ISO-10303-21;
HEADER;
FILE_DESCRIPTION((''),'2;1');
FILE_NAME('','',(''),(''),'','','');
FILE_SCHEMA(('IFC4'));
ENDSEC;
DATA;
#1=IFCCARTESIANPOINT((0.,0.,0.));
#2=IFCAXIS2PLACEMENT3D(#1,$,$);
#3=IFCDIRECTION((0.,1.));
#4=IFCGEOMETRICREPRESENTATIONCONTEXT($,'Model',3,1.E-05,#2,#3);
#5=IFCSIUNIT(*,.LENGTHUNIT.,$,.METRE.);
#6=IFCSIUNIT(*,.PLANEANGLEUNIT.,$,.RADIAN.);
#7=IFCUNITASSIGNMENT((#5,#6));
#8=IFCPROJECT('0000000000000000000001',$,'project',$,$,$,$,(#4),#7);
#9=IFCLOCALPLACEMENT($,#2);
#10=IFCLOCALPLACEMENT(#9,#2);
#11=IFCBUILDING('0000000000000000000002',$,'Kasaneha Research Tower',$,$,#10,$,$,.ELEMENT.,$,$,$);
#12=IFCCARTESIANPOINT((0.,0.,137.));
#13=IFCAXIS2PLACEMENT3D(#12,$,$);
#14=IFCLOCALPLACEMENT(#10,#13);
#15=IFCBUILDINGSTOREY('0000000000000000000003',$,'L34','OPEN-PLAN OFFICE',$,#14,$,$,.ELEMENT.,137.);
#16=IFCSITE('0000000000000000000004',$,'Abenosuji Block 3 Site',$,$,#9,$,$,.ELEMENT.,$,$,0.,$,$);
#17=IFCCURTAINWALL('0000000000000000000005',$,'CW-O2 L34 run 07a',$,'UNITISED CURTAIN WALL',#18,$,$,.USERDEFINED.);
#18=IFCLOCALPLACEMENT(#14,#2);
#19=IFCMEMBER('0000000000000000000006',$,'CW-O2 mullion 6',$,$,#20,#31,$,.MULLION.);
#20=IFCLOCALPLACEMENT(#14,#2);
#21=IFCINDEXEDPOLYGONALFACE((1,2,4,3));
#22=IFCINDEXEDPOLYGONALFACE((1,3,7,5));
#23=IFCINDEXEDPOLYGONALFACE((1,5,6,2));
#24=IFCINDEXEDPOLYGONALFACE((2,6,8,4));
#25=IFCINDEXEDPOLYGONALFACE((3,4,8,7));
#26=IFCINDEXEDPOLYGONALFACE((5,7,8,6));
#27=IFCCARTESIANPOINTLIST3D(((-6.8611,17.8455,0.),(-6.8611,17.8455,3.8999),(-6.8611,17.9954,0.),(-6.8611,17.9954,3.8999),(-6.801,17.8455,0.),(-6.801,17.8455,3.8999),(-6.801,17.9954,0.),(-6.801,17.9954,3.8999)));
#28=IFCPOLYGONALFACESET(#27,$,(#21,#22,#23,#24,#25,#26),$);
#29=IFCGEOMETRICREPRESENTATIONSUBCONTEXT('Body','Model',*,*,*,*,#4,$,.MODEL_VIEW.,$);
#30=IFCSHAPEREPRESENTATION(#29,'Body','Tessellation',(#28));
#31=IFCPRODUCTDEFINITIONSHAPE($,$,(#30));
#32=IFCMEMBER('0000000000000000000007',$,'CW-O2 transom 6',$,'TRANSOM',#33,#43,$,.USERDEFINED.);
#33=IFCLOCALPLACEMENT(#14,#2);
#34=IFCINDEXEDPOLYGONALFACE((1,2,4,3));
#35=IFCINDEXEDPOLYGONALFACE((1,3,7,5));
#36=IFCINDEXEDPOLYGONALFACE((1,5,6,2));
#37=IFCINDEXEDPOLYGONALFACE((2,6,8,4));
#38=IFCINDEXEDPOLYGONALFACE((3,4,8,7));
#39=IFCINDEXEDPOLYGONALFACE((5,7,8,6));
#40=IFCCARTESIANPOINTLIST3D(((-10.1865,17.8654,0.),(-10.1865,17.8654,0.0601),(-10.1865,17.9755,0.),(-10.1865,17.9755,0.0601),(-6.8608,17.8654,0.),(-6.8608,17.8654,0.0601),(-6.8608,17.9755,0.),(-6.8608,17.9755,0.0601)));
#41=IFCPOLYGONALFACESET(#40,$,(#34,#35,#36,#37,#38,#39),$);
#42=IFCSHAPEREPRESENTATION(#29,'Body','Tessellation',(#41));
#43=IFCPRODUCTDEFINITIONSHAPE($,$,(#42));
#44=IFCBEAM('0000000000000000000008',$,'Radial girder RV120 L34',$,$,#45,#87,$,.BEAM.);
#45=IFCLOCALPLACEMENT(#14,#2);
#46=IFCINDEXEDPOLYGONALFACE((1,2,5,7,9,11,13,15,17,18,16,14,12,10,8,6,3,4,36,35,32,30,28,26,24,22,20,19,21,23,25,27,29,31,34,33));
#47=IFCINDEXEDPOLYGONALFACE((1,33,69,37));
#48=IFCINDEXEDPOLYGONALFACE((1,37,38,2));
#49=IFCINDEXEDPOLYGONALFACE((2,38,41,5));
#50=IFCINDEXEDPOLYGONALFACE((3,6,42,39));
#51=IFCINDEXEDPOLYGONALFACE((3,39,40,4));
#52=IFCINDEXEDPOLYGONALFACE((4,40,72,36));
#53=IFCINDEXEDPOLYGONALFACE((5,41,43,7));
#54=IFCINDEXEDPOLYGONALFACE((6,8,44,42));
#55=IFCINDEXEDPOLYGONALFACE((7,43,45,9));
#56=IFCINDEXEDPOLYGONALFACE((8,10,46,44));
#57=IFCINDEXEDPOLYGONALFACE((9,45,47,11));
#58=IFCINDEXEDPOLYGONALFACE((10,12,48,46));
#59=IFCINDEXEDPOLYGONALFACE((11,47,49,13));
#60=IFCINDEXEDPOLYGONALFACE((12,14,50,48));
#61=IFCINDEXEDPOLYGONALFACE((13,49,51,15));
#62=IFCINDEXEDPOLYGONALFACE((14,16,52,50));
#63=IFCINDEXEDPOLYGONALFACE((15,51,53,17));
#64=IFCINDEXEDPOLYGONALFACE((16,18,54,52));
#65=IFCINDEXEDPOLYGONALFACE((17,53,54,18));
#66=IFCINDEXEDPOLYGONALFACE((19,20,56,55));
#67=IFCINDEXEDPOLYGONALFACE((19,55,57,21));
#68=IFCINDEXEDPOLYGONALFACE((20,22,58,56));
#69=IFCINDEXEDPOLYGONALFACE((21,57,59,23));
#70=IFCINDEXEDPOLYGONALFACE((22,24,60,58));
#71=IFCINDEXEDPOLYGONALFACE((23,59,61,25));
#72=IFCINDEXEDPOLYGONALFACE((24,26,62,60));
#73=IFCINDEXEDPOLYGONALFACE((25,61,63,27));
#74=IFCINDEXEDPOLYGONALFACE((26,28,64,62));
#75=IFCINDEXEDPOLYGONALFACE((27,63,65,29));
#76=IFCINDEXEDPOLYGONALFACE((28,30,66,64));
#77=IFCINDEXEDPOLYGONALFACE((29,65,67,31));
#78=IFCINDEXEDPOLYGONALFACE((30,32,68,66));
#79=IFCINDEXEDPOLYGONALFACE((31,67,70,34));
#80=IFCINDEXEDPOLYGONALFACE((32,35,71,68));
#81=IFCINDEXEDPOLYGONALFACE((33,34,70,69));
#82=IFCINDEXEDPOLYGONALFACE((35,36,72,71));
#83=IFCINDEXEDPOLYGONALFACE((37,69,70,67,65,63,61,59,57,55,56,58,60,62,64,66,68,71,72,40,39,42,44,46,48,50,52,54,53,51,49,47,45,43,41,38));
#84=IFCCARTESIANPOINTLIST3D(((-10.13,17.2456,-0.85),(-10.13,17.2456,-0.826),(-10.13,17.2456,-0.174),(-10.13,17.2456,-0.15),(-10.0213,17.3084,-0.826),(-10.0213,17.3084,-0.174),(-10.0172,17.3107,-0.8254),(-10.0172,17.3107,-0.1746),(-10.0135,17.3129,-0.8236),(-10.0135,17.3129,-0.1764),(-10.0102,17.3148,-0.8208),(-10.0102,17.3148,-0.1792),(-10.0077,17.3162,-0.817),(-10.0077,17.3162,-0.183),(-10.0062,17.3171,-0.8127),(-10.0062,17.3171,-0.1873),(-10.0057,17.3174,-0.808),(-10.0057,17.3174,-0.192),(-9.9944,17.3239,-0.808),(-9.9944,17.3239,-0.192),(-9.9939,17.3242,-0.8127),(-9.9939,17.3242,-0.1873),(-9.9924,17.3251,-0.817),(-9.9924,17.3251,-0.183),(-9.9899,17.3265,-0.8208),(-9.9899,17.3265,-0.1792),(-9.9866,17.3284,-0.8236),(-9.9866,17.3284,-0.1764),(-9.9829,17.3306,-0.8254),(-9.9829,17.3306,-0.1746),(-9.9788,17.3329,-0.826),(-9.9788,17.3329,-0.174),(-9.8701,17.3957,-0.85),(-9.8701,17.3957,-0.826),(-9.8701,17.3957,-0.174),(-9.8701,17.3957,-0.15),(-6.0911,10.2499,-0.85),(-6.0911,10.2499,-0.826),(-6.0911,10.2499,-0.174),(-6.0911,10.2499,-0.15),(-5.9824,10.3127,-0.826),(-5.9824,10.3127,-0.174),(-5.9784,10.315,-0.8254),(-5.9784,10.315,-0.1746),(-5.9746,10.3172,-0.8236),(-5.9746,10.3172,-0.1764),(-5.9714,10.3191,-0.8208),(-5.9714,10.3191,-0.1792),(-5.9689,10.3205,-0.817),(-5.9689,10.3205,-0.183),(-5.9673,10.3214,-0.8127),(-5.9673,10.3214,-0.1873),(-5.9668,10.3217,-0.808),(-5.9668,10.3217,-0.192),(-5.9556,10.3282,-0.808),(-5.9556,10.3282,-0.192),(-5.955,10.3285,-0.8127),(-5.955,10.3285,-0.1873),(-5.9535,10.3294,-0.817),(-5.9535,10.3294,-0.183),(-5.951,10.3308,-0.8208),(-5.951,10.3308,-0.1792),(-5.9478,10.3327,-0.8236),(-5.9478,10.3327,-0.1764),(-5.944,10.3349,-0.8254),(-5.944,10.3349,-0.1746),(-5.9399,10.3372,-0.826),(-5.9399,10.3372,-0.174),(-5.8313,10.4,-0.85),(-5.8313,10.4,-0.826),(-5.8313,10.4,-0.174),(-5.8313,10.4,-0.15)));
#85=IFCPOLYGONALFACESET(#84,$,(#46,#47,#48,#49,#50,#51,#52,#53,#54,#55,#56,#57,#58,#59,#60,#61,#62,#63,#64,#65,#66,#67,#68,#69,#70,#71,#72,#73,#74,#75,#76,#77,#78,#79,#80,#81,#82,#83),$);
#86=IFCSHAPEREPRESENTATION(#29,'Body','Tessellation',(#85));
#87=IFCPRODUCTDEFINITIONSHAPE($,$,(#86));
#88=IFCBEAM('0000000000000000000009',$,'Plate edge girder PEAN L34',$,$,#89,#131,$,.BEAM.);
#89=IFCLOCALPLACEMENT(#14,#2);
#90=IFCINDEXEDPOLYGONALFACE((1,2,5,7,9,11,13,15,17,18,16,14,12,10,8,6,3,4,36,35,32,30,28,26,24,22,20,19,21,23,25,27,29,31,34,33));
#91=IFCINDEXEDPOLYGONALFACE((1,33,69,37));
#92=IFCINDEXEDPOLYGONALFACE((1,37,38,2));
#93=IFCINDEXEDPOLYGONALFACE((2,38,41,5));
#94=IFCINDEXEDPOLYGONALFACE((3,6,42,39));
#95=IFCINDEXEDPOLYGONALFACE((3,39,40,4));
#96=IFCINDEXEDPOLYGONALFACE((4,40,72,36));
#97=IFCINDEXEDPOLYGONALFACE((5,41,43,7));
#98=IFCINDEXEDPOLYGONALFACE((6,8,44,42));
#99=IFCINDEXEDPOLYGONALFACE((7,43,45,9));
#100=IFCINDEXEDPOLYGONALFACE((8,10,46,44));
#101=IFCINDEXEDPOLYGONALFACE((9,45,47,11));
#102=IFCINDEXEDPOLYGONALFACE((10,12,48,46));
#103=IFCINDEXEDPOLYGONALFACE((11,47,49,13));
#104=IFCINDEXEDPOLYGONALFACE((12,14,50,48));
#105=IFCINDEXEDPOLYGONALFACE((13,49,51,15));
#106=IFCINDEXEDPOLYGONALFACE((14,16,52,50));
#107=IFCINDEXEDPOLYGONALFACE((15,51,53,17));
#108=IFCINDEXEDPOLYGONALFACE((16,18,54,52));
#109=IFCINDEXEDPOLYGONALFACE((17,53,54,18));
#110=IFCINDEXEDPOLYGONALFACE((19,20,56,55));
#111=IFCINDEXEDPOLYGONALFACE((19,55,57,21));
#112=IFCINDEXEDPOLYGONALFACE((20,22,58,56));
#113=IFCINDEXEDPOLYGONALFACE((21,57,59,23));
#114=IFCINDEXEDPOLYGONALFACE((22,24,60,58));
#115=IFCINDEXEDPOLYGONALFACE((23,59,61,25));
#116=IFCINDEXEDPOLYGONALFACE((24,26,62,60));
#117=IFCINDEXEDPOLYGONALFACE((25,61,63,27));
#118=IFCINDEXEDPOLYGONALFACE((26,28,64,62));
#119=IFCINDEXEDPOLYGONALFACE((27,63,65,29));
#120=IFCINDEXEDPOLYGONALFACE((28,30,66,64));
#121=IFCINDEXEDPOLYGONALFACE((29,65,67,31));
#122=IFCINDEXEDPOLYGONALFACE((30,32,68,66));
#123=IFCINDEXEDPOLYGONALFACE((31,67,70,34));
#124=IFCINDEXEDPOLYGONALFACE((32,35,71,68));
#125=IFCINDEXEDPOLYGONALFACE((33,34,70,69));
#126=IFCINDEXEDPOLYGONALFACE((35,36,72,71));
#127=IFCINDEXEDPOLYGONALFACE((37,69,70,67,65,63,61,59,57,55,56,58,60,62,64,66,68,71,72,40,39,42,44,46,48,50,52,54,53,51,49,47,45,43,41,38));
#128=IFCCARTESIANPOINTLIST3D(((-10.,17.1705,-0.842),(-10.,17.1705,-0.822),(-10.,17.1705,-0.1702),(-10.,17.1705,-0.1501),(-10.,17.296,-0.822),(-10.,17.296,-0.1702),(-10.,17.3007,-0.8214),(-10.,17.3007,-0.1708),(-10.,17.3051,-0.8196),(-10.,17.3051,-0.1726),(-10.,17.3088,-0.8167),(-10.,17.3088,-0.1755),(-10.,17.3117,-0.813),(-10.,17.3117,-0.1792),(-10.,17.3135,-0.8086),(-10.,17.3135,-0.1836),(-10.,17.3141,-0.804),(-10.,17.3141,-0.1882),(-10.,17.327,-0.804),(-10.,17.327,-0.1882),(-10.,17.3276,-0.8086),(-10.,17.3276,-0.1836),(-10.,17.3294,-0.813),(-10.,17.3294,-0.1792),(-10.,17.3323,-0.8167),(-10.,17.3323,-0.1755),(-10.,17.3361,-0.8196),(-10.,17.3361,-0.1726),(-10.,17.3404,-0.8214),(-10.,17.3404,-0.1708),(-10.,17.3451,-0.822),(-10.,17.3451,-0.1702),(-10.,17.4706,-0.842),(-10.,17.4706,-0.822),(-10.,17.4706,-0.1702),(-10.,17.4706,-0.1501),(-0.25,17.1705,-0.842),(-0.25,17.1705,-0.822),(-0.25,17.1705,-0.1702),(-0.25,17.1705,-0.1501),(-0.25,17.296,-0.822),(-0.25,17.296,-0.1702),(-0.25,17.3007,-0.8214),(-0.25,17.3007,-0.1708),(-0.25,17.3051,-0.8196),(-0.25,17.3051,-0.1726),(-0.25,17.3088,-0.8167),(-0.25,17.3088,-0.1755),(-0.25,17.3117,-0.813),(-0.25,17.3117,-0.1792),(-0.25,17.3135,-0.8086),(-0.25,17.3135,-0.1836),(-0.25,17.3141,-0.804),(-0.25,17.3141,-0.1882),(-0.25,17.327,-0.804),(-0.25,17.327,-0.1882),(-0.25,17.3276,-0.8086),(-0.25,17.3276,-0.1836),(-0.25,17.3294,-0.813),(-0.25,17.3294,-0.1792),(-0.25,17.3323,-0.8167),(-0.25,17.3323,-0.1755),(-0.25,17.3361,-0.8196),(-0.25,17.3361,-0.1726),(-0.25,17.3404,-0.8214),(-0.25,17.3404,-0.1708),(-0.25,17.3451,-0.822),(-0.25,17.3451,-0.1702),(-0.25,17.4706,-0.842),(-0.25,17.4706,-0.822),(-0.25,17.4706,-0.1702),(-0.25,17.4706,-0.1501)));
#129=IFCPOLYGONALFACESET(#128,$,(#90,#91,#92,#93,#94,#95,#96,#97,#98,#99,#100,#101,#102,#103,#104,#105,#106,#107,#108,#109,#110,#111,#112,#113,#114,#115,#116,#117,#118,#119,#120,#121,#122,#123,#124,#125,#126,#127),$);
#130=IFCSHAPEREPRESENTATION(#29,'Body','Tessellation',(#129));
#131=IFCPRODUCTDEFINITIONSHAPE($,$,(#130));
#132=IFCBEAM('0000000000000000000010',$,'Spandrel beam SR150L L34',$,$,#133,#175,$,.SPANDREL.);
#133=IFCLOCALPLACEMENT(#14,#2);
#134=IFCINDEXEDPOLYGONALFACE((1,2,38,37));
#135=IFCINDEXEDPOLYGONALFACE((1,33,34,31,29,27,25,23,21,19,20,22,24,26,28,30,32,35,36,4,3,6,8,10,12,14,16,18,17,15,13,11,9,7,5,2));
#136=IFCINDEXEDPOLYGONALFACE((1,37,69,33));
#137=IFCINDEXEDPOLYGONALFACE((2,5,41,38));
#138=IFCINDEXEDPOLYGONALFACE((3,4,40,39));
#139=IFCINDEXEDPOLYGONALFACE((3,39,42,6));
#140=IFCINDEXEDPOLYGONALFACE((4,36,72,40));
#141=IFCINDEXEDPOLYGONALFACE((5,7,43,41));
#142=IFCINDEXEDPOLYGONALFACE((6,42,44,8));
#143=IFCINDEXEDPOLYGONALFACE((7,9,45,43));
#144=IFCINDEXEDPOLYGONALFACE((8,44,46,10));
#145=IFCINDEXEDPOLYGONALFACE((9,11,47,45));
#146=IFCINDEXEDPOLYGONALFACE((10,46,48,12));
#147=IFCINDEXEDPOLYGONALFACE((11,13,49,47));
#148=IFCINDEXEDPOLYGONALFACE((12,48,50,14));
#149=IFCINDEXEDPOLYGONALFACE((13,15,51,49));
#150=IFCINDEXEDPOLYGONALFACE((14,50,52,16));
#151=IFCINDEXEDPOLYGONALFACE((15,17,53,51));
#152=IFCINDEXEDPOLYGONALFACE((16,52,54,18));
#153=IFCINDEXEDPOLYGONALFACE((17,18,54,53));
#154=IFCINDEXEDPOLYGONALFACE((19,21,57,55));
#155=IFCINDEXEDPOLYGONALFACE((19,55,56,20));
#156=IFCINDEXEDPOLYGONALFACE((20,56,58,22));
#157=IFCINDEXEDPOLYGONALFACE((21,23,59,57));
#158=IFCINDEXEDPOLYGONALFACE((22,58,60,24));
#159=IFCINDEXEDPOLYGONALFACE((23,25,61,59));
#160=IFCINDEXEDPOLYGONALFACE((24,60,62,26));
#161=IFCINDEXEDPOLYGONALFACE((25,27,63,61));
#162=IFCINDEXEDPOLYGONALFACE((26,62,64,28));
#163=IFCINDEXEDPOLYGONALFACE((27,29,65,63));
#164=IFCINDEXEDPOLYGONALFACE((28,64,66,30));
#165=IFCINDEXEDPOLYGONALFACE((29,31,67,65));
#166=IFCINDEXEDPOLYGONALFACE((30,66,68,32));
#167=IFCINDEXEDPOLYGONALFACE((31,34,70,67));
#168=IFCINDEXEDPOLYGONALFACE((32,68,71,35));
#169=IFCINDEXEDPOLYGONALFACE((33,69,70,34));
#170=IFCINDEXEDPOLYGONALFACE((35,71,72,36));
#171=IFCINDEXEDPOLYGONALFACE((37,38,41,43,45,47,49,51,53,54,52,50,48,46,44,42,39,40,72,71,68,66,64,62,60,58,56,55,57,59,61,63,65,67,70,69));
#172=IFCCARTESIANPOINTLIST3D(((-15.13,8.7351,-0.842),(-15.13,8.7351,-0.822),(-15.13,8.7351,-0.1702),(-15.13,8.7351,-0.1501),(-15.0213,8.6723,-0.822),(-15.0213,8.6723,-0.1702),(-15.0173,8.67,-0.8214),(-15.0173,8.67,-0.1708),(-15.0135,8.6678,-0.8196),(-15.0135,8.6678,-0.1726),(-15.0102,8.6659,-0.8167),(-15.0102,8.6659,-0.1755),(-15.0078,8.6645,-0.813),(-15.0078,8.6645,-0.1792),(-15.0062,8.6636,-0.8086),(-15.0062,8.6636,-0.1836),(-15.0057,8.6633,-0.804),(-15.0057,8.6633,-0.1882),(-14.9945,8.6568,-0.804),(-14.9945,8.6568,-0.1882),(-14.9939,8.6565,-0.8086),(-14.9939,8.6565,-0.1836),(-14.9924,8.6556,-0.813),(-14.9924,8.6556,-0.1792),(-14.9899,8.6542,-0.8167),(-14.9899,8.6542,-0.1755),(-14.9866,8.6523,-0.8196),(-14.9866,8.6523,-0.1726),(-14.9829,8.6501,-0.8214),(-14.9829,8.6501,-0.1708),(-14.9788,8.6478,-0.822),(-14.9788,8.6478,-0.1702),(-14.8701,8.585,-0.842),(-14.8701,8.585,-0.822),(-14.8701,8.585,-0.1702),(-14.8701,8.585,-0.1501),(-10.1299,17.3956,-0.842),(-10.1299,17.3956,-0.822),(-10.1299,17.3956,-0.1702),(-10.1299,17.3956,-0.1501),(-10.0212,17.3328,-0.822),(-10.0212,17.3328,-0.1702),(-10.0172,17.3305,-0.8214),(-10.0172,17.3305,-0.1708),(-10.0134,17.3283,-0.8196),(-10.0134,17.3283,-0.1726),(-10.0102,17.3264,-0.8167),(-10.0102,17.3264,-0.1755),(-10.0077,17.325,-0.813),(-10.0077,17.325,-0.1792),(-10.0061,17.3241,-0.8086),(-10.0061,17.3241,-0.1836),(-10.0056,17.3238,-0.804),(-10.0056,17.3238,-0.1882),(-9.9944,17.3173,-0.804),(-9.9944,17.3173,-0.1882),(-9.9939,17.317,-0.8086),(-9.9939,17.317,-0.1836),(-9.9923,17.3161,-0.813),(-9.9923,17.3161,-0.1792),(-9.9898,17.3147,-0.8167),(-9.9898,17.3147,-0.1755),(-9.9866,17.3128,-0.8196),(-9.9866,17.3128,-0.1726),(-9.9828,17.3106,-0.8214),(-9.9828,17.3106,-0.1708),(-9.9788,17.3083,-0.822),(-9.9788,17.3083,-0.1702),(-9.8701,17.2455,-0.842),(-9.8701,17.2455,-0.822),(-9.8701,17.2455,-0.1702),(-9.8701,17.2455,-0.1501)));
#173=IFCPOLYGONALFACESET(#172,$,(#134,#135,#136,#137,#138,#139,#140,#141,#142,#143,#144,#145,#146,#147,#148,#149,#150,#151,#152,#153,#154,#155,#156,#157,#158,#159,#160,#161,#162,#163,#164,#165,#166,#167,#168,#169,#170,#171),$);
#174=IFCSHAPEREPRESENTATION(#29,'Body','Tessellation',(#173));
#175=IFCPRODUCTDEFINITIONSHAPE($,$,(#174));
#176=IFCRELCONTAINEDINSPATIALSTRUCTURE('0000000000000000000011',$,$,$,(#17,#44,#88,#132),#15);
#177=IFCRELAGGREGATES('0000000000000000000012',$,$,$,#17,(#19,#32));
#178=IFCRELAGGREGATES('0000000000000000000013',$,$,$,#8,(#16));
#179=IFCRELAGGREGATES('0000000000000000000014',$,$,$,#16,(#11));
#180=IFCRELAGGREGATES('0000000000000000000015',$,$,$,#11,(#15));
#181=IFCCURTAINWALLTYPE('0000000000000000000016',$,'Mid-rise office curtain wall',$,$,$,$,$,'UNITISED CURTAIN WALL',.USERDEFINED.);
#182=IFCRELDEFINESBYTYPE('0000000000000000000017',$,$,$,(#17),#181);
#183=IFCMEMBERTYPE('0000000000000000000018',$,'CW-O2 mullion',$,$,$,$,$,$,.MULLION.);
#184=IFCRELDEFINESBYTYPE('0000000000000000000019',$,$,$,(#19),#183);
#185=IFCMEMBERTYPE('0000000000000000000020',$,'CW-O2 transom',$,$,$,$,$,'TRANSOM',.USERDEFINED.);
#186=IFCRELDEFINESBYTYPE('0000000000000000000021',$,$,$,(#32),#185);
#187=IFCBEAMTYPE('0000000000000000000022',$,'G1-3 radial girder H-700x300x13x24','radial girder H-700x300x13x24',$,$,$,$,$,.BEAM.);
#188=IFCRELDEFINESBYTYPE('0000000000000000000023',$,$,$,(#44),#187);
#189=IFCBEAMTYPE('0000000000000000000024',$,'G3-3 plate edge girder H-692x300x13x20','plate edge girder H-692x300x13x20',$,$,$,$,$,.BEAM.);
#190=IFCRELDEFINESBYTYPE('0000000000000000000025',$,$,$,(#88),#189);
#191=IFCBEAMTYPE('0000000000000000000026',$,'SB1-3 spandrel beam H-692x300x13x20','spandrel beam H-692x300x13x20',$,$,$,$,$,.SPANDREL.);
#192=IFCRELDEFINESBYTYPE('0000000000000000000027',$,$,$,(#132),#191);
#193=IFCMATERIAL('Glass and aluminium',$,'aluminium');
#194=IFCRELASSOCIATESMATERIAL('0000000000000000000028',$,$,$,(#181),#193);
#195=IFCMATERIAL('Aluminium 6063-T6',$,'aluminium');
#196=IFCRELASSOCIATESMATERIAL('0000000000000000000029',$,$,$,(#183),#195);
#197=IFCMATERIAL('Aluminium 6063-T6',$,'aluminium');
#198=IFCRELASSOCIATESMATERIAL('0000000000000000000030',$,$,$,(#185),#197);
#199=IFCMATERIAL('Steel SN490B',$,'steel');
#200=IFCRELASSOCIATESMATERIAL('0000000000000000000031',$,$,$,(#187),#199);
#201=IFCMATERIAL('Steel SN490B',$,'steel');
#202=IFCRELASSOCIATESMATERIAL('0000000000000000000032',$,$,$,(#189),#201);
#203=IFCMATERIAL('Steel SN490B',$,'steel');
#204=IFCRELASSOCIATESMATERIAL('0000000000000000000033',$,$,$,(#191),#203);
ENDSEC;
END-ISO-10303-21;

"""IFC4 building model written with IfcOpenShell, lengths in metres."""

from ifc_helpers import new_model, si_unit, direction, frame, origin, origin_2d, place, context, subcontext, project, spatial, rectangle, i_section, extrude, material, material_profile, profile_set, type_object, element, aggregate, save


model = new_model("IFC4")

# Units and contexts
model_context = context("Model", 3, precision=1e-05, world=origin(), true_north=direction((0.0, 1.0)))
body_context = subcontext(model_context, "Body", "Model", "MODEL_VIEW")
ifc_project = project(units=[si_unit("LENGTHUNIT", "METRE"), si_unit("PLANEANGLEUNIT", "RADIAN")], contexts=[model_context])

# Site, building, storey
site_placement = place(None, origin())
site = spatial("IfcSite", under=ifc_project, at=site_placement, Name="Abenosuji Block 3 Site", CompositionType="ELEMENT", RefElevation=0.0)
building_placement = place(site_placement, origin())
building = spatial("IfcBuilding", under=site, at=building_placement, Name="Kasaneha Research Tower", CompositionType="ELEMENT")
storey_placement = place(building_placement, frame((0.0, 0.0, 137.0)))
storey = spatial("IfcBuildingStorey", under=building, at=storey_placement, Name="L34", Description="OPEN-PLAN OFFICE", CompositionType="ELEMENT", Elevation=137.0)

# Curtain wall, members
ifc_material_1 = material(Name="Glass and aluminium", Category="aluminium")
curtain_wall_type = type_object("IfcCurtainWallType", Name="Mid-rise office curtain wall", ElementType="UNITISED CURTAIN WALL", PredefinedType="USERDEFINED", material=ifc_material_1)
curtain_wall_placement = place(storey_placement, origin())
curtain_wall = element("IfcCurtainWall", 1, at=curtain_wall_placement, inside=storey, type_object=curtain_wall_type, Name="CW-O2 L34 run 07a", ObjectType="UNITISED CURTAIN WALL", PredefinedType="USERDEFINED")
ifc_material_2 = material(Name="Aluminium 6063-T6", Category="aluminium")
ifc_material_profile_1 = material_profile(ifc_material_2, rectangle(XDim=0.0601, YDim=0.1499, at=origin_2d()), Name="CW-O2 mullion 60x150")
ifc_profile_set_1 = profile_set([ifc_material_profile_1], Name="Aluminium 6063-T6")
member_type_1 = type_object("IfcMemberType", Name="CW-O2 mullion", PredefinedType="MULLION", material=ifc_profile_set_1)
member_1_placement = place(storey_placement, frame((-6.8311, 17.9204, 0.0), z_axis=(0.0, 0.0, 1.0), x_axis=(-1.0, 0.0, 0.0)))
member_1 = element("IfcMember", 2, at=member_1_placement, type_object=member_type_1, Name="CW-O2 mullion 6", PredefinedType="MULLION", context=body_context, shape_type="SweptSolid", body=[
    extrude(rectangle(XDim=0.0601, YDim=0.1499, at=origin_2d()), origin(), (0.0, 0.0, 1.0), 3.8999),
])
ifc_material_3 = material(Name="Aluminium 6063-T6", Category="aluminium")
ifc_material_profile_2 = material_profile(ifc_material_3, rectangle(XDim=0.1101, YDim=0.0601, at=origin_2d()), Name="CW-O2 transom 110x60")
ifc_profile_set_2 = profile_set([ifc_material_profile_2], Name="Aluminium 6063-T6")
member_type_2 = type_object("IfcMemberType", Name="CW-O2 transom", ElementType="TRANSOM", PredefinedType="USERDEFINED", material=ifc_profile_set_2)
member_2_placement = place(storey_placement, frame((-6.8608, 17.9204, 0.03), z_axis=(-1.0, 0.0, 0.0), x_axis=(0.0, -1.0, 0.0)))
member_2 = element("IfcMember", 3, at=member_2_placement, type_object=member_type_2, Name="CW-O2 transom 6", ObjectType="TRANSOM", PredefinedType="USERDEFINED", context=body_context, shape_type="SweptSolid", body=[
    extrude(rectangle(XDim=0.1101, YDim=0.0601, at=origin_2d()), origin(), (0.0, 0.0, 1.0), 3.3257),
])

# Beams
ifc_material_4 = material(Name="Steel SN490B", Category="steel")
ifc_material_profile_3 = material_profile(ifc_material_4, i_section(OverallWidth=0.3, OverallDepth=0.7, WebThickness=0.0129, FlangeThickness=0.0239, FilletRadius=0.0181, at=origin_2d()), Name="H-700x300x13x24")
ifc_profile_set_3 = profile_set([ifc_material_profile_3], Name="Steel SN490B")
beam_type_1 = type_object("IfcBeamType", Name="G1-3 radial girder H-700x300x13x24", Description="radial girder H-700x300x13x24", PredefinedType="BEAM", material=ifc_profile_set_3)
beam_1_placement = place(storey_placement, frame((-5.9612, 10.325, -0.5), z_axis=(-0.499991, 0.866031, 0.0), x_axis=(-0.866031, -0.499991, 0.0)))
element("IfcBeam", 4, at=beam_1_placement, inside=storey, type_object=beam_type_1, Name="Radial girder RV120 L34", PredefinedType="BEAM", context=body_context, shape_type="SweptSolid", body=[
    extrude(i_section(OverallWidth=0.3, OverallDepth=0.7, WebThickness=0.0129, FlangeThickness=0.0239, FilletRadius=0.0181, at=origin_2d()), origin(), (0.0, 0.0, 1.0), 8.0779),
])
ifc_material_5 = material(Name="Steel SN490B", Category="steel")
ifc_material_profile_4 = material_profile(ifc_material_5, i_section(OverallWidth=0.3, OverallDepth=0.6919, WebThickness=0.0129, FlangeThickness=0.02, FilletRadius=0.0181, at=origin_2d()), Name="H-692x300x13x20")
ifc_profile_set_4 = profile_set([ifc_material_profile_4], Name="Steel SN490B")
beam_type_2 = type_object("IfcBeamType", Name="G3-3 plate edge girder H-692x300x13x20", Description="plate edge girder H-692x300x13x20", PredefinedType="BEAM", material=ifc_profile_set_4)
beam_2_placement = place(storey_placement, frame((-10.0, 17.3206, -0.4961), z_axis=(1.0, 0.0, 0.0), x_axis=(0.0, 1.0, 0.0)))
element("IfcBeam", 5, at=beam_2_placement, inside=storey, type_object=beam_type_2, Name="Plate edge girder PEAN L34", PredefinedType="BEAM", context=body_context, shape_type="SweptSolid", body=[
    extrude(i_section(OverallWidth=0.3, OverallDepth=0.6919, WebThickness=0.0129, FlangeThickness=0.02, FilletRadius=0.0181, at=origin_2d()), origin(), (0.0, 0.0, 1.0), 9.75),
])
ifc_material_6 = material(Name="Steel SN490B", Category="steel")
ifc_material_profile_5 = material_profile(ifc_material_6, i_section(OverallWidth=0.3, OverallDepth=0.6919, WebThickness=0.0129, FlangeThickness=0.02, FilletRadius=0.0181, at=origin_2d()), Name="H-692x300x13x20")
ifc_profile_set_5 = profile_set([ifc_material_profile_5], Name="Steel SN490B")
beam_type_3 = type_object("IfcBeamType", Name="SB1-3 spandrel beam H-692x300x13x20", Description="spandrel beam H-692x300x13x20", PredefinedType="SPANDREL", material=ifc_profile_set_5)
beam_3_placement = place(storey_placement, frame((-10.0, 17.3206, -0.4961), z_axis=(-0.499994, -0.866029, 0.0), x_axis=(0.866029, -0.499994, 0.0)))
element("IfcBeam", 6, at=beam_3_placement, inside=storey, type_object=beam_type_3, Name="Spandrel beam SR150L L34", PredefinedType="SPANDREL", context=body_context, shape_type="SweptSolid", body=[
    extrude(i_section(OverallWidth=0.3, OverallDepth=0.6919, WebThickness=0.0129, FlangeThickness=0.02, FilletRadius=0.0181, at=origin_2d()), origin(), (0.0, 0.0, 1.0), 10.0002),
])

aggregate(curtain_wall, [member_1, member_2])

save(model, "model.ifc")
